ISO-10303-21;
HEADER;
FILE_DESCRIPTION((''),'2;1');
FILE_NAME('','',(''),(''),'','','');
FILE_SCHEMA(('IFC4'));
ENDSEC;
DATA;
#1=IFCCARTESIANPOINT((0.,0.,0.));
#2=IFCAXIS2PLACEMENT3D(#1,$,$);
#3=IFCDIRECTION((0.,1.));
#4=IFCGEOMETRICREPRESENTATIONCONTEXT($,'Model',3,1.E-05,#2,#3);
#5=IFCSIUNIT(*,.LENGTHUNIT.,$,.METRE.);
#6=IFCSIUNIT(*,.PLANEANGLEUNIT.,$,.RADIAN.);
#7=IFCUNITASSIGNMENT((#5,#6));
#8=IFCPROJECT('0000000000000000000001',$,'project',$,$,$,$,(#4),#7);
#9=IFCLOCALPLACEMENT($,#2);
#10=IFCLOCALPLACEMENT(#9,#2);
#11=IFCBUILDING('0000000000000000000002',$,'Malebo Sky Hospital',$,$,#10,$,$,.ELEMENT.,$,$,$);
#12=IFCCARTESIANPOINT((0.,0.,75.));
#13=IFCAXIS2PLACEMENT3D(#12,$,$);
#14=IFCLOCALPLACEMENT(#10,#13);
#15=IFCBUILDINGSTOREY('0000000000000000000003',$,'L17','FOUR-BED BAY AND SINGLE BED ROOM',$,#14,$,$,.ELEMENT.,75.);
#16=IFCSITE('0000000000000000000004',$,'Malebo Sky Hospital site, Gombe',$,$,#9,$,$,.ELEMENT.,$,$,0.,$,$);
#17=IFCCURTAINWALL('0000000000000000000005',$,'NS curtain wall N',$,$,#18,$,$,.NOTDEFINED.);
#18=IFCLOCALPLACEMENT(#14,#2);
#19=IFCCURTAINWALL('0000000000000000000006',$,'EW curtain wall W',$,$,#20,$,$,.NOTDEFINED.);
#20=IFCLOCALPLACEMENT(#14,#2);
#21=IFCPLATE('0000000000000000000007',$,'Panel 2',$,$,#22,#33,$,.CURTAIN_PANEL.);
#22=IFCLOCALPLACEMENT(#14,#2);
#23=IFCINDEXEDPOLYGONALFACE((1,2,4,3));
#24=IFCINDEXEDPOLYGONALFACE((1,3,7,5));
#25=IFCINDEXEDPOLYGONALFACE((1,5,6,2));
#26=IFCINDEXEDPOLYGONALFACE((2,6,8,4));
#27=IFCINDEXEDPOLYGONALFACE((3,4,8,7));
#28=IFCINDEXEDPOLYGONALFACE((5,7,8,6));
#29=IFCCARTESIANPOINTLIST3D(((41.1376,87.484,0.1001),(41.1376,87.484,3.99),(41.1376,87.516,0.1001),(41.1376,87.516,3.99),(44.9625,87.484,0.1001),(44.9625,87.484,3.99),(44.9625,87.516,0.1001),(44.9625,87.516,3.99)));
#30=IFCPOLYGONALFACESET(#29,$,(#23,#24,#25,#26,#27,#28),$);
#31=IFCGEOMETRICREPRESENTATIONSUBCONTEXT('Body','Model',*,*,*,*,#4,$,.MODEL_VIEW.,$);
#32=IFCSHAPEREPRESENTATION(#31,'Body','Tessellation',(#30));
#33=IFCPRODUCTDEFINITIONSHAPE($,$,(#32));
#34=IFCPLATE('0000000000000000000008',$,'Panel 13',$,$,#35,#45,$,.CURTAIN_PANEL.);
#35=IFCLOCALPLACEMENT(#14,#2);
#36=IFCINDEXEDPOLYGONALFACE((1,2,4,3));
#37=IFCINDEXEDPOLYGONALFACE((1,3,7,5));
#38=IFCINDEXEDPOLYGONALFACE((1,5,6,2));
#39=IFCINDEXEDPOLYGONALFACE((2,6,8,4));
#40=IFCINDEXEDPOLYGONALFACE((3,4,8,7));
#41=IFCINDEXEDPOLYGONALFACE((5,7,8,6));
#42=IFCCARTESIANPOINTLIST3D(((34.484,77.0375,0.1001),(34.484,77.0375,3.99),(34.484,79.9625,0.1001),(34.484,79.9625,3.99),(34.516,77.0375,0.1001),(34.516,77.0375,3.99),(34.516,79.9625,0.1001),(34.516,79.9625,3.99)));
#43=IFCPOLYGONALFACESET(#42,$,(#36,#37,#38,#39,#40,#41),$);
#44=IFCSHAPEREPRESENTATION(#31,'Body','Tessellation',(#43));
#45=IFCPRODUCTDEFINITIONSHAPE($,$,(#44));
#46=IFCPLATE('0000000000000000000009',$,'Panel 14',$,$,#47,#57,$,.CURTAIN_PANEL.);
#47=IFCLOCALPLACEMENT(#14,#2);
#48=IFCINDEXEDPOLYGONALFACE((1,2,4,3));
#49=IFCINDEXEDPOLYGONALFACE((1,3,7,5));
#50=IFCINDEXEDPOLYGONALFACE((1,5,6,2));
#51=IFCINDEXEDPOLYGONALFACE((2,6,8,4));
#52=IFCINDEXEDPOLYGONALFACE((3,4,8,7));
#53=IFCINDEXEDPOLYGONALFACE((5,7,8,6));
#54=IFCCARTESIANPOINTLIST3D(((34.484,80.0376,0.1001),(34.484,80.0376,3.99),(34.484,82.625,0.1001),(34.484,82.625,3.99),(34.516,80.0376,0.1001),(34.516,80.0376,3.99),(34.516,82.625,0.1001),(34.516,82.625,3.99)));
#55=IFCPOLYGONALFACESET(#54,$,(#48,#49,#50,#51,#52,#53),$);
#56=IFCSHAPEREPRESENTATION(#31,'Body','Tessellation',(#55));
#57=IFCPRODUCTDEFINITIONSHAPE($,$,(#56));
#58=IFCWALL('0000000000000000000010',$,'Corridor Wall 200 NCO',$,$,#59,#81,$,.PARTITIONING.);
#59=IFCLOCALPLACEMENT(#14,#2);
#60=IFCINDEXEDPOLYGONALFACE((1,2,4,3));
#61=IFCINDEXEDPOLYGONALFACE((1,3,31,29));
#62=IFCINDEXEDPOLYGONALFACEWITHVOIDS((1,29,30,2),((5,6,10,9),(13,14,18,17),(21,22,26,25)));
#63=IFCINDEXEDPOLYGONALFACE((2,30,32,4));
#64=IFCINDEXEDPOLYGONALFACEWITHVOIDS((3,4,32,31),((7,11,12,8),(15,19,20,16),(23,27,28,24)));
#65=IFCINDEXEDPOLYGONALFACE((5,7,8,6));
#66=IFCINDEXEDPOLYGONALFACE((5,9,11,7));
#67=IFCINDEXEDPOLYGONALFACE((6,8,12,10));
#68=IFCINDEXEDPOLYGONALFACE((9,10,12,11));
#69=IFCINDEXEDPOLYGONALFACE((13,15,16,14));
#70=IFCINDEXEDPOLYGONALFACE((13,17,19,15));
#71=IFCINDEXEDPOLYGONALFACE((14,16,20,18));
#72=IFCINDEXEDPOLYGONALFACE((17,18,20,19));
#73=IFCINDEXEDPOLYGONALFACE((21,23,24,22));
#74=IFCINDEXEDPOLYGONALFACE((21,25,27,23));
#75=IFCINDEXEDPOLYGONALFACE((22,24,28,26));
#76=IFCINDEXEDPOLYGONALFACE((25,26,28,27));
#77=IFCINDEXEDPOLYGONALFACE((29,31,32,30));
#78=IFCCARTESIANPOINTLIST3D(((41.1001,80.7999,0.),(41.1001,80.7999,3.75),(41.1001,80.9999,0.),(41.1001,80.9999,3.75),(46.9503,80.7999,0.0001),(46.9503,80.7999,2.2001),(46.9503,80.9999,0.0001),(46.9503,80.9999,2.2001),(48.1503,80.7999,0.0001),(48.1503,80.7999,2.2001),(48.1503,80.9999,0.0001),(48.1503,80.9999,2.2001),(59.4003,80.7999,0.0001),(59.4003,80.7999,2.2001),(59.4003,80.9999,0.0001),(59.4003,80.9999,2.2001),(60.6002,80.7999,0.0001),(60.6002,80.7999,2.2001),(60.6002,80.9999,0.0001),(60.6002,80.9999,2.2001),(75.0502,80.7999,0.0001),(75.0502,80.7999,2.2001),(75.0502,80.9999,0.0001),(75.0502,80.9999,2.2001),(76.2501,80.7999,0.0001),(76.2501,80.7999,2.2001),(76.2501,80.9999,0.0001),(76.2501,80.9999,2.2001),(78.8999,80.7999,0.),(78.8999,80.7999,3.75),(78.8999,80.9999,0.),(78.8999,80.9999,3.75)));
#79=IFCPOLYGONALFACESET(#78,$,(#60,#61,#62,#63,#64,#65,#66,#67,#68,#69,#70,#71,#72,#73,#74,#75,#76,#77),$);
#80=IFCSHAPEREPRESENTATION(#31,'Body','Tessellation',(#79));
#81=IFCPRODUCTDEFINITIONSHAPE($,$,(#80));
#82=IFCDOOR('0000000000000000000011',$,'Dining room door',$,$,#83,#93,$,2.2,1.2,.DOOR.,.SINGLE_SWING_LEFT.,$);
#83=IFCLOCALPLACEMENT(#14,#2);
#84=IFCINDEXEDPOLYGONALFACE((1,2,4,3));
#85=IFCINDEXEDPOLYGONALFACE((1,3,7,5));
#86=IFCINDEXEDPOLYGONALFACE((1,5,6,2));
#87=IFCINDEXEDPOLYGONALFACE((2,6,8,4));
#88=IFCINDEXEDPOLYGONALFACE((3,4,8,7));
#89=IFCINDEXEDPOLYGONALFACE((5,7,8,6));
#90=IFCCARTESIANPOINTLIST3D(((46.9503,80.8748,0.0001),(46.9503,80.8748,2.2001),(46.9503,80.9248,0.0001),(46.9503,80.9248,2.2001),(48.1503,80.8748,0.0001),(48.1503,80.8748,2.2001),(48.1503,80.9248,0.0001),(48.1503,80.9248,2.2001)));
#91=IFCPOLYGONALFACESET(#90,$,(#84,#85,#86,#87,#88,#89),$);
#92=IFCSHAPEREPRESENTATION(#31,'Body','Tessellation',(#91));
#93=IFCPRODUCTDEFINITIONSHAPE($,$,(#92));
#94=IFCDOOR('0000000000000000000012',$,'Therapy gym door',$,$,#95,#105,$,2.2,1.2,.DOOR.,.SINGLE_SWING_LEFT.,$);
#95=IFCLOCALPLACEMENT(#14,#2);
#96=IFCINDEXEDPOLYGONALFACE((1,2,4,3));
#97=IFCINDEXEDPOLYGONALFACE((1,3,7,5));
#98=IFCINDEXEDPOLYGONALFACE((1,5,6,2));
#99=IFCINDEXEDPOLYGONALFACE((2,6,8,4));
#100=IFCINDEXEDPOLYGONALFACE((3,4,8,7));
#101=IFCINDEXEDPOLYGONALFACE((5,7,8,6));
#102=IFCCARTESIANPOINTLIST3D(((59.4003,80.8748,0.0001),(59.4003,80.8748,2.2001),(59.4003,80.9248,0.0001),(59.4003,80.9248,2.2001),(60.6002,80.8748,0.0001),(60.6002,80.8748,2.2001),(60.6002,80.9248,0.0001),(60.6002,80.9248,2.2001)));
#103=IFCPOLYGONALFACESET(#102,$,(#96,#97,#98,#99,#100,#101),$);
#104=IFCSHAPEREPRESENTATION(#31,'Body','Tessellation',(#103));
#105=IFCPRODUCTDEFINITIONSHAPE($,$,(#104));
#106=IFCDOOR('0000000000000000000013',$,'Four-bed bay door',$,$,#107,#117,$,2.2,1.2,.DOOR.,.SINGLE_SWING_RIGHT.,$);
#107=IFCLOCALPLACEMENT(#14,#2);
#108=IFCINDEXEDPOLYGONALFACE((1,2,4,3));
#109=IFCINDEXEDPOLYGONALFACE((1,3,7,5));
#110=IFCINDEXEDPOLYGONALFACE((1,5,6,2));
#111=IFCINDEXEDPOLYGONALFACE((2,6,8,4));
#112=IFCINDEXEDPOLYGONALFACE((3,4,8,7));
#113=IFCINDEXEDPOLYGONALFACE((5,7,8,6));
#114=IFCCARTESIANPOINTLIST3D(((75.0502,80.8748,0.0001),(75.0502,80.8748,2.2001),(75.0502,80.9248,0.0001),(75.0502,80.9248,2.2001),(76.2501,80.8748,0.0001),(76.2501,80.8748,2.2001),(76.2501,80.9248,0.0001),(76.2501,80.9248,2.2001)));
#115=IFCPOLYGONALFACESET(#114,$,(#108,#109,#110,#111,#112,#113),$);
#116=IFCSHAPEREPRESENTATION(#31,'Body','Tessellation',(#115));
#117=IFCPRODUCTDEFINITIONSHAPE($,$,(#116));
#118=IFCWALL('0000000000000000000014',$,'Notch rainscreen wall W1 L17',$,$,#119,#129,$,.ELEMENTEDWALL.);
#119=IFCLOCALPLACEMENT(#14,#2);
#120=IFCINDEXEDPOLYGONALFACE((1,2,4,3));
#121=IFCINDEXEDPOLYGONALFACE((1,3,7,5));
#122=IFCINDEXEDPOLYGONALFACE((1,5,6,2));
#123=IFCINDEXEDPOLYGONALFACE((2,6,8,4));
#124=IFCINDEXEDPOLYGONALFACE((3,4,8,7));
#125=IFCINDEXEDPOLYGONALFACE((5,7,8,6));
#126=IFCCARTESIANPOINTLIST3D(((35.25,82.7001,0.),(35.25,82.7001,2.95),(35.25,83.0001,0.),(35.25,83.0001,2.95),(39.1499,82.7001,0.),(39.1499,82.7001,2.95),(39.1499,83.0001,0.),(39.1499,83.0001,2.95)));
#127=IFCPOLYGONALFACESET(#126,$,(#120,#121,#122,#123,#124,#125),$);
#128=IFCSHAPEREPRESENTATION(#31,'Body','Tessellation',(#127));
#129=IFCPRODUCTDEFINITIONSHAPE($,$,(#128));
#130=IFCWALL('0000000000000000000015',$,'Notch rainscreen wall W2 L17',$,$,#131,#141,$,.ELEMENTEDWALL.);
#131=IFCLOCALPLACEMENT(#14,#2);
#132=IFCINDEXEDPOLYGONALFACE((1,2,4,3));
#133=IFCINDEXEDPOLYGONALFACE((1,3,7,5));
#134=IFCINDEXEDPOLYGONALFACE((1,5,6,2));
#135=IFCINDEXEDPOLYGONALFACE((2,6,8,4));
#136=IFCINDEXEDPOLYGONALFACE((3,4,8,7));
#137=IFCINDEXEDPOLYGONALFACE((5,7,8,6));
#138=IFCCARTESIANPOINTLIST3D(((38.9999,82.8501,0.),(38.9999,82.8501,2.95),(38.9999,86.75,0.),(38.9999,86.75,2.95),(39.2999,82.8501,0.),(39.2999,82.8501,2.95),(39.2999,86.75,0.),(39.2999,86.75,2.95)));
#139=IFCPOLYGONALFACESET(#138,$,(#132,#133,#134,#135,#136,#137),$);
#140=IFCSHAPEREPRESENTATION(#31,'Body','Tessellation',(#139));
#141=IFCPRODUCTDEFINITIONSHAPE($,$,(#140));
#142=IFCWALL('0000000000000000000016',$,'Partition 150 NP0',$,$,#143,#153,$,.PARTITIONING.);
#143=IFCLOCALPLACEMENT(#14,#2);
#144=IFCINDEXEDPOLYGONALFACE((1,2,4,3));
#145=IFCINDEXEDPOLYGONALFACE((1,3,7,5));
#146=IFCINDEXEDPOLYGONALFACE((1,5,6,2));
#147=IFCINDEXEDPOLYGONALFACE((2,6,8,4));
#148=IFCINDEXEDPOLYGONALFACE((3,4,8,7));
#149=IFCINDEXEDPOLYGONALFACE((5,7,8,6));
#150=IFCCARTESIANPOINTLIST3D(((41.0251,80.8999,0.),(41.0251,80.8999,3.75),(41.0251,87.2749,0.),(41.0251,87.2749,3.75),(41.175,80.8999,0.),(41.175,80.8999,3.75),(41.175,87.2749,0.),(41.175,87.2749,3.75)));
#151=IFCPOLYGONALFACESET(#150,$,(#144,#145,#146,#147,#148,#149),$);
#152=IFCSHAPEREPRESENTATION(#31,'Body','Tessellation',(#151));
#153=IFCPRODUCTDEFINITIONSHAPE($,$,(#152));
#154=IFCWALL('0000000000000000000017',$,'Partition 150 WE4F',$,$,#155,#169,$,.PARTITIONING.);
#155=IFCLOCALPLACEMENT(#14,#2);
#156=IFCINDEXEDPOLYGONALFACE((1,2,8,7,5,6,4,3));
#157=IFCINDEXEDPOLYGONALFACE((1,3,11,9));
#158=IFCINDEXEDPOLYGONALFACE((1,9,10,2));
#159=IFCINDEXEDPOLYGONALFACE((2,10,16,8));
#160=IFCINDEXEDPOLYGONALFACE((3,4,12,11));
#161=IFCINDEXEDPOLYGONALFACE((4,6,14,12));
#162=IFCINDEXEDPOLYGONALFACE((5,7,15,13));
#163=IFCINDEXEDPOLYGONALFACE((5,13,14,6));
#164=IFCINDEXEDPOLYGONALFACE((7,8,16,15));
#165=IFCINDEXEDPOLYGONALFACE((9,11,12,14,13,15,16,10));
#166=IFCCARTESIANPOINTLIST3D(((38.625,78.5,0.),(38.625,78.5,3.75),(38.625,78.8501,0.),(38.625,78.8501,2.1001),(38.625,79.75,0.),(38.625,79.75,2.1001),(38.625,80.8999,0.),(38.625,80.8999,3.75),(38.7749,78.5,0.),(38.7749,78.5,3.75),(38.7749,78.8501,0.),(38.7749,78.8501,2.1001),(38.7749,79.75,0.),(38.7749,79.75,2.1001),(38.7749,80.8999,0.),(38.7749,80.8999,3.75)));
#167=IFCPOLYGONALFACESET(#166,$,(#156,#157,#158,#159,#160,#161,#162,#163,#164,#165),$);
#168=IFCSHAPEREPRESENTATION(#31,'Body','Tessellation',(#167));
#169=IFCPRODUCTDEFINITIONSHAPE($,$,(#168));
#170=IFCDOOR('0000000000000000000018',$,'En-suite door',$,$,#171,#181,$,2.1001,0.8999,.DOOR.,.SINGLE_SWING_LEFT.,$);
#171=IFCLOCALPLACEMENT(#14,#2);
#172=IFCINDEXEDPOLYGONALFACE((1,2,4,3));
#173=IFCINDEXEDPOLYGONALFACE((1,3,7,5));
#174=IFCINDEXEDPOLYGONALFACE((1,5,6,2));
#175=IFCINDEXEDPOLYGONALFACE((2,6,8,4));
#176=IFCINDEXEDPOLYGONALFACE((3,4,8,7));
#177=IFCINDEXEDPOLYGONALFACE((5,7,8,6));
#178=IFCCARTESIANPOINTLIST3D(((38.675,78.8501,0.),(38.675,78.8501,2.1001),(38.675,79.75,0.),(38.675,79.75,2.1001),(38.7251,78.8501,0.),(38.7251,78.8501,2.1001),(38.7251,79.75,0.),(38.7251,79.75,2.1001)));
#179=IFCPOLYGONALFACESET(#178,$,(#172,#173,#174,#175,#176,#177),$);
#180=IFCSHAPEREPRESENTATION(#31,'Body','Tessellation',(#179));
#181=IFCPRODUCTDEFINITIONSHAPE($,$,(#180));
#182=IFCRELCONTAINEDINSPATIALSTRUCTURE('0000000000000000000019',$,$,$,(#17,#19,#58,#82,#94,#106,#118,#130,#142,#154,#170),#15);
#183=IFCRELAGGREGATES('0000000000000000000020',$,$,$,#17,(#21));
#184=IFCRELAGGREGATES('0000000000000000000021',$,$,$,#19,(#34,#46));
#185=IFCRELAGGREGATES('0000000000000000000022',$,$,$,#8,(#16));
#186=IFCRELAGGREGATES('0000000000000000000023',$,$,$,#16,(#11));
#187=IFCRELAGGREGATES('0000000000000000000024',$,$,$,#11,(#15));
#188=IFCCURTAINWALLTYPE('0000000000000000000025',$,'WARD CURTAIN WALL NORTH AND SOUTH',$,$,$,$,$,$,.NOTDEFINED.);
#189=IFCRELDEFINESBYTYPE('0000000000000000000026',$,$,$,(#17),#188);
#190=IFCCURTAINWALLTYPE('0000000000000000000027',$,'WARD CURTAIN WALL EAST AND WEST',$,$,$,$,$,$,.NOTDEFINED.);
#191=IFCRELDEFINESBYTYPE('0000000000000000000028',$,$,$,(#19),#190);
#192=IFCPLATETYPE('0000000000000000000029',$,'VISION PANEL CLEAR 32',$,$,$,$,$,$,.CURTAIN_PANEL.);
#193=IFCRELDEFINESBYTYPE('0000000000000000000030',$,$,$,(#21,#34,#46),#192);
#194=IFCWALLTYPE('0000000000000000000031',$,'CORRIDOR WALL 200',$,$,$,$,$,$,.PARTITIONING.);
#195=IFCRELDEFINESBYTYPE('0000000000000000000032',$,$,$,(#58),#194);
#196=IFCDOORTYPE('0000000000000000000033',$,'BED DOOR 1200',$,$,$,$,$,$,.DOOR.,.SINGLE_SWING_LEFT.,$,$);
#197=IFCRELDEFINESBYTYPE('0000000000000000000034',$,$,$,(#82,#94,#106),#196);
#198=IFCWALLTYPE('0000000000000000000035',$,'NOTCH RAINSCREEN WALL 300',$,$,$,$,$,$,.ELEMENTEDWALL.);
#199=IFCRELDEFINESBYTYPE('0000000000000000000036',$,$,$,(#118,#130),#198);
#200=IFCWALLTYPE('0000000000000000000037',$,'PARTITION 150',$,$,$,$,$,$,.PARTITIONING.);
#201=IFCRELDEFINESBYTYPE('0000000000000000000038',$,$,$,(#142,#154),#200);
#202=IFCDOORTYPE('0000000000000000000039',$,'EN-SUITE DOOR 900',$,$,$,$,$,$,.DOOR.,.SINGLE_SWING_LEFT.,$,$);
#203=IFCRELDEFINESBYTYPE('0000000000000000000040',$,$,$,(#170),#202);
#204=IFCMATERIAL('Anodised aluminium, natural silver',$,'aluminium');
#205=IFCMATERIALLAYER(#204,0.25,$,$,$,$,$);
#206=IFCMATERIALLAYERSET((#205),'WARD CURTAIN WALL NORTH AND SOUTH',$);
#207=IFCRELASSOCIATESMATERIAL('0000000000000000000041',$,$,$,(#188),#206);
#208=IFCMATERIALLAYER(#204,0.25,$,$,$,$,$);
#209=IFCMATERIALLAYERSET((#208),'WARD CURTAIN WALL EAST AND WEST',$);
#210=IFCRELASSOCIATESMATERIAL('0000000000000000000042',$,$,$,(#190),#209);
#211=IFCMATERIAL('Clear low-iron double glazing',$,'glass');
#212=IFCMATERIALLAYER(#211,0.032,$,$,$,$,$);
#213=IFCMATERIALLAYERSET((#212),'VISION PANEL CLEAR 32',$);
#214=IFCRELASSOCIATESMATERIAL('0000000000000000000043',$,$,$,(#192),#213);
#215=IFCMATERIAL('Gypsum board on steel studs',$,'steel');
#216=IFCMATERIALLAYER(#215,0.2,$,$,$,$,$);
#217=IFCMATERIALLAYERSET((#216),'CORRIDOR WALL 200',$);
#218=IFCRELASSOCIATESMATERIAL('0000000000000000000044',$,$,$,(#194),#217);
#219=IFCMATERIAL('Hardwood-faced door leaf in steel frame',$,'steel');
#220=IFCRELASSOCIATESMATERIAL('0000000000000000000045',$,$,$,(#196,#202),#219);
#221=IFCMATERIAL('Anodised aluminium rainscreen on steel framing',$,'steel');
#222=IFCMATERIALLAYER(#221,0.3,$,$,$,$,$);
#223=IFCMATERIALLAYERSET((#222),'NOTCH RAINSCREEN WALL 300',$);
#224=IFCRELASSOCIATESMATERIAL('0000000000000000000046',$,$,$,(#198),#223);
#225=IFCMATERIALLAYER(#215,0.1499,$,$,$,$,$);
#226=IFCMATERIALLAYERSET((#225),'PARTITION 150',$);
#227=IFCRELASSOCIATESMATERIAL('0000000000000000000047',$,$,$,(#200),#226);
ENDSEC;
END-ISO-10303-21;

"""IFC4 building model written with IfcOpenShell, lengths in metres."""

from ifc_helpers import new_model, si_unit, direction, frame, frame_2d, origin, origin_2d, place, context, subcontext, project, spatial, rectangle, extrude, material, layer, layer_set, type_object, element, fill, aggregate, save


model = new_model("IFC4")

# Units and contexts
model_context = context("Model", 3, precision=1e-05, world=origin(), true_north=direction((0.0, 1.0)))
body_context = subcontext(model_context, "Body", "Model", "MODEL_VIEW")
ifc_project = project(units=[si_unit("LENGTHUNIT", "METRE"), si_unit("PLANEANGLEUNIT", "RADIAN")], contexts=[model_context])

# Site, building, storey
site_placement = place(None, origin())
site = spatial("IfcSite", under=ifc_project, at=site_placement, Name="Malebo Sky Hospital site, Gombe", CompositionType="ELEMENT", RefElevation=0.0)
building_placement = place(site_placement, origin())
building = spatial("IfcBuilding", under=site, at=building_placement, Name="Malebo Sky Hospital", CompositionType="ELEMENT")
storey_placement = place(building_placement, frame((0.0, 0.0, 75.0)))
storey = spatial("IfcBuildingStorey", under=building, at=storey_placement, Name="L17", Description="FOUR-BED BAY AND SINGLE BED ROOM", CompositionType="ELEMENT", Elevation=75.0)

# Curtain walls
ifc_material_1 = material(Name="Anodised aluminium, natural silver", Category="aluminium")
ifc_layer_1 = layer(ifc_material_1, 0.25)
ifc_layer_set_1 = layer_set([ifc_layer_1], Name="WARD CURTAIN WALL NORTH AND SOUTH")
curtain_wall_type_1 = type_object("IfcCurtainWallType", Name="WARD CURTAIN WALL NORTH AND SOUTH", PredefinedType="NOTDEFINED", material=ifc_layer_set_1)
curtain_wall_1_placement = place(storey_placement, origin())
curtain_wall_1 = element("IfcCurtainWall", 1, at=curtain_wall_1_placement, inside=storey, type_object=curtain_wall_type_1, Name="NS curtain wall N", PredefinedType="NOTDEFINED")
ifc_layer_2 = layer(ifc_material_1, 0.25)
ifc_layer_set_2 = layer_set([ifc_layer_2], Name="WARD CURTAIN WALL EAST AND WEST")
curtain_wall_type_2 = type_object("IfcCurtainWallType", Name="WARD CURTAIN WALL EAST AND WEST", PredefinedType="NOTDEFINED", material=ifc_layer_set_2)
curtain_wall_2_placement = place(storey_placement, origin())
curtain_wall_2 = element("IfcCurtainWall", 2, at=curtain_wall_2_placement, inside=storey, type_object=curtain_wall_type_2, Name="EW curtain wall W", PredefinedType="NOTDEFINED")

# Plates
ifc_material_2 = material(Name="Clear low-iron double glazing", Category="glass")
ifc_layer_3 = layer(ifc_material_2, 0.032)
ifc_layer_set_3 = layer_set([ifc_layer_3], Name="VISION PANEL CLEAR 32")
plate_type = type_object("IfcPlateType", Name="VISION PANEL CLEAR 32", PredefinedType="CURTAIN_PANEL", material=ifc_layer_set_3)
plate_1_placement = place(storey_placement, frame((43.05, 87.5, 0.1001), z_axis=(0.0, 0.0, 1.0), x_axis=(1.0, 0.0, 0.0)))
plate_1 = element("IfcPlate", 3, at=plate_1_placement, type_object=plate_type, Name="Panel 2", PredefinedType="CURTAIN_PANEL", context=body_context, shape_type="SweptSolid", body=[
    extrude(rectangle(XDim=3.825, YDim=0.032, at=origin_2d()), origin(), (0.0, 0.0, 1.0), 3.8899),
])
aggregate(curtain_wall_1, [plate_1])
plate_2_placement = place(storey_placement, frame((34.5, 78.5, 0.1001), z_axis=(0.0, 0.0, 1.0), x_axis=(0.0, 1.0, 0.0)))
plate_2 = element("IfcPlate", 4, at=plate_2_placement, type_object=plate_type, Name="Panel 13", PredefinedType="CURTAIN_PANEL", context=body_context, shape_type="SweptSolid", body=[
    extrude(rectangle(XDim=2.925, YDim=0.032, at=origin_2d()), origin(), (0.0, 0.0, 1.0), 3.8899),
])
plate_3_placement = place(storey_placement, frame((34.5, 81.3313, 0.1001), z_axis=(0.0, 0.0, 1.0), x_axis=(0.0, 1.0, 0.0)))
plate_3 = element("IfcPlate", 5, at=plate_3_placement, type_object=plate_type, Name="Panel 14", PredefinedType="CURTAIN_PANEL", context=body_context, shape_type="SweptSolid", body=[
    extrude(rectangle(XDim=2.5874, YDim=0.032, at=origin_2d()), origin(), (0.0, 0.0, 1.0), 3.8899),
])
aggregate(curtain_wall_2, [plate_2, plate_3])

# Wall, openings, doors
ifc_material_3 = material(Name="Gypsum board on steel studs", Category="steel")
ifc_layer_4 = layer(ifc_material_3, 0.2)
ifc_layer_set_4 = layer_set([ifc_layer_4], Name="CORRIDOR WALL 200")
wall_type_1 = type_object("IfcWallType", Name="CORRIDOR WALL 200", PredefinedType="PARTITIONING", material=ifc_layer_set_4)
wall_1_placement = place(storey_placement, frame((41.1001, 80.8999, 0.0), z_axis=(0.0, 0.0, 1.0), x_axis=(1.0, 0.0, 0.0)))
wall_1 = element("IfcWall", 6, at=wall_1_placement, inside=storey, type_object=wall_type_1, Name="Corridor Wall 200 NCO", PredefinedType="PARTITIONING", context=body_context, shape_type="SweptSolid", body=[
    extrude(rectangle(XDim=37.7998, YDim=0.2, at=frame_2d((18.8999, 0.0))), origin(), (0.0, 0.0, 1.0), 3.75),
])
opening_1_placement = place(wall_1_placement, frame((5.8501, 0.0, 0.0)))
opening_1 = element("IfcOpeningElement", 7, at=opening_1_placement, cuts=wall_1, PredefinedType="OPENING", context=body_context, shape_type="SweptSolid", body=[
    extrude(rectangle(XDim=1.2, YDim=2.2, at=frame_2d((0.6001, 1.1001))), frame((0.0, 0.1099, 0.0), z_axis=(0.0, -1.0, 0.0), x_axis=(1.0, 0.0, 0.0)), (0.0, 0.0, 1.0), 0.22),
])
opening_2_placement = place(wall_1_placement, frame((18.3, 0.0, 0.0)))
opening_2 = element("IfcOpeningElement", 8, at=opening_2_placement, cuts=wall_1, PredefinedType="OPENING", context=body_context, shape_type="SweptSolid", body=[
    extrude(rectangle(XDim=1.2, YDim=2.2, at=frame_2d((0.6001, 1.1001))), frame((0.0, 0.1099, 0.0), z_axis=(0.0, -1.0, 0.0), x_axis=(1.0, 0.0, 0.0)), (0.0, 0.0, 1.0), 0.22),
])
opening_3_placement = place(wall_1_placement, frame((33.95, 0.0, 0.0)))
opening_3 = element("IfcOpeningElement", 9, at=opening_3_placement, cuts=wall_1, PredefinedType="OPENING", context=body_context, shape_type="SweptSolid", body=[
    extrude(rectangle(XDim=1.2, YDim=2.2, at=frame_2d((0.6001, 1.1001))), frame((0.0, 0.1099, 0.0), z_axis=(0.0, -1.0, 0.0), x_axis=(1.0, 0.0, 0.0)), (0.0, 0.0, 1.0), 0.22),
])
ifc_material_4 = material(Name="Hardwood-faced door leaf in steel frame", Category="steel")
door_type_1 = type_object("IfcDoorType", Name="BED DOOR 1200", OperationType="SINGLE_SWING_LEFT", PredefinedType="DOOR", material=ifc_material_4)
door_1_placement = place(opening_1_placement, origin())
door_1 = element("IfcDoor", 10, at=door_1_placement, inside=storey, type_object=door_type_1, Name="Dining room door", OperationType="SINGLE_SWING_LEFT", OverallHeight=2.2, OverallWidth=1.2, PredefinedType="DOOR", context=body_context, shape_type="SweptSolid", body=[
    extrude(rectangle(XDim=1.2, YDim=2.2, at=frame_2d((0.6001, 1.1001))), frame((0.0, 0.0249, 0.0), z_axis=(0.0, -1.0, 0.0), x_axis=(1.0, 0.0, 0.0)), (0.0, 0.0, 1.0), 0.05),
])
fill(opening_1, door_1)
door_2_placement = place(opening_2_placement, origin())
door_2 = element("IfcDoor", 11, at=door_2_placement, inside=storey, type_object=door_type_1, Name="Therapy gym door", OperationType="SINGLE_SWING_LEFT", OverallHeight=2.2, OverallWidth=1.2, PredefinedType="DOOR", context=body_context, shape_type="SweptSolid", body=[
    extrude(rectangle(XDim=1.2, YDim=2.2, at=frame_2d((0.6001, 1.1001))), frame((0.0, 0.0249, 0.0), z_axis=(0.0, -1.0, 0.0), x_axis=(1.0, 0.0, 0.0)), (0.0, 0.0, 1.0), 0.05),
])
fill(opening_2, door_2)
door_3_placement = place(opening_3_placement, origin())
door_3 = element("IfcDoor", 12, at=door_3_placement, inside=storey, type_object=door_type_1, Name="Four-bed bay door", OperationType="SINGLE_SWING_RIGHT", OverallHeight=2.2, OverallWidth=1.2, PredefinedType="DOOR", context=body_context, shape_type="SweptSolid", body=[
    extrude(rectangle(XDim=1.2, YDim=2.2, at=frame_2d((0.6001, 1.1001))), frame((0.0, 0.0249, 0.0), z_axis=(0.0, -1.0, 0.0), x_axis=(1.0, 0.0, 0.0)), (0.0, 0.0, 1.0), 0.05),
])
fill(opening_3, door_3)

# Walls
ifc_material_5 = material(Name="Anodised aluminium rainscreen on steel framing", Category="steel")
ifc_layer_5 = layer(ifc_material_5, 0.3)
ifc_layer_set_5 = layer_set([ifc_layer_5], Name="NOTCH RAINSCREEN WALL 300")
wall_type_2 = type_object("IfcWallType", Name="NOTCH RAINSCREEN WALL 300", PredefinedType="ELEMENTEDWALL", material=ifc_layer_set_5)
for number, where, z_axis, x_axis, name in (
    (13, (35.25, 82.8501, 0.0), (0.0, 0.0, 1.0), (1.0, 0.0, 0.0), "Notch rainscreen wall W1 L17"),
    (14, (39.1499, 82.8501, 0.0), (0.0, 0.0, 1.0), (0.0, 1.0, 0.0), "Notch rainscreen wall W2 L17"),
):
    element("IfcWall", number, at=place(storey_placement, frame(where, z_axis=z_axis, x_axis=x_axis)), inside=storey, type_object=wall_type_2, Name=name, PredefinedType="ELEMENTEDWALL", context=body_context, shape_type="SweptSolid", body=[
        extrude(rectangle(XDim=3.8999, YDim=0.3, at=frame_2d((1.95, 0.0))), origin(), (0.0, 0.0, 1.0), 2.95),
    ])
ifc_layer_6 = layer(ifc_material_3, 0.1499)
ifc_layer_set_6 = layer_set([ifc_layer_6], Name="PARTITION 150")
wall_type_3 = type_object("IfcWallType", Name="PARTITION 150", PredefinedType="PARTITIONING", material=ifc_layer_set_6)
wall_2_placement = place(storey_placement, frame((41.1001, 80.8999, 0.0), z_axis=(0.0, 0.0, 1.0), x_axis=(0.0, 1.0, 0.0)))
element("IfcWall", 15, at=wall_2_placement, inside=storey, type_object=wall_type_3, Name="Partition 150 NP0", PredefinedType="PARTITIONING", context=body_context, shape_type="SweptSolid", body=[
    extrude(rectangle(XDim=6.375, YDim=0.1499, at=frame_2d((3.1875, 0.0))), origin(), (0.0, 0.0, 1.0), 3.75),
])

# Wall, opening, door
wall_3_placement = place(storey_placement, frame((38.7, 78.5, 0.0), z_axis=(0.0, 0.0, 1.0), x_axis=(0.0, 1.0, 0.0)))
wall_3 = element("IfcWall", 16, at=wall_3_placement, inside=storey, type_object=wall_type_3, Name="Partition 150 WE4F", PredefinedType="PARTITIONING", context=body_context, shape_type="SweptSolid", body=[
    extrude(rectangle(XDim=2.3999, YDim=0.1499, at=frame_2d((1.2, 0.0))), origin(), (0.0, 0.0, 1.0), 3.75),
])
opening_4_placement = place(wall_3_placement, frame((0.3501, 0.0, 0.0)))
opening_4 = element("IfcOpeningElement", 17, at=opening_4_placement, cuts=wall_3, PredefinedType="OPENING", context=body_context, shape_type="SweptSolid", body=[
    extrude(rectangle(XDim=0.8999, YDim=2.1001, at=frame_2d((0.45, 1.05))), frame((0.0, 0.085, 0.0), z_axis=(0.0, -1.0, 0.0), x_axis=(1.0, 0.0, 0.0)), (0.0, 0.0, 1.0), 0.1699),
])
door_type_2 = type_object("IfcDoorType", Name="EN-SUITE DOOR 900", OperationType="SINGLE_SWING_LEFT", PredefinedType="DOOR", material=ifc_material_4)
door_4_placement = place(opening_4_placement, origin())
door_4 = element("IfcDoor", 18, at=door_4_placement, inside=storey, type_object=door_type_2, Name="En-suite door", OperationType="SINGLE_SWING_LEFT", OverallHeight=2.1001, OverallWidth=0.8999, PredefinedType="DOOR", context=body_context, shape_type="SweptSolid", body=[
    extrude(rectangle(XDim=0.8999, YDim=2.1001, at=frame_2d((0.45, 1.05))), frame((0.0, 0.0249, 0.0), z_axis=(0.0, -1.0, 0.0), x_axis=(1.0, 0.0, 0.0)), (0.0, 0.0, 1.0), 0.05),
])
fill(opening_4, door_4)

save(model, "model.ifc")
